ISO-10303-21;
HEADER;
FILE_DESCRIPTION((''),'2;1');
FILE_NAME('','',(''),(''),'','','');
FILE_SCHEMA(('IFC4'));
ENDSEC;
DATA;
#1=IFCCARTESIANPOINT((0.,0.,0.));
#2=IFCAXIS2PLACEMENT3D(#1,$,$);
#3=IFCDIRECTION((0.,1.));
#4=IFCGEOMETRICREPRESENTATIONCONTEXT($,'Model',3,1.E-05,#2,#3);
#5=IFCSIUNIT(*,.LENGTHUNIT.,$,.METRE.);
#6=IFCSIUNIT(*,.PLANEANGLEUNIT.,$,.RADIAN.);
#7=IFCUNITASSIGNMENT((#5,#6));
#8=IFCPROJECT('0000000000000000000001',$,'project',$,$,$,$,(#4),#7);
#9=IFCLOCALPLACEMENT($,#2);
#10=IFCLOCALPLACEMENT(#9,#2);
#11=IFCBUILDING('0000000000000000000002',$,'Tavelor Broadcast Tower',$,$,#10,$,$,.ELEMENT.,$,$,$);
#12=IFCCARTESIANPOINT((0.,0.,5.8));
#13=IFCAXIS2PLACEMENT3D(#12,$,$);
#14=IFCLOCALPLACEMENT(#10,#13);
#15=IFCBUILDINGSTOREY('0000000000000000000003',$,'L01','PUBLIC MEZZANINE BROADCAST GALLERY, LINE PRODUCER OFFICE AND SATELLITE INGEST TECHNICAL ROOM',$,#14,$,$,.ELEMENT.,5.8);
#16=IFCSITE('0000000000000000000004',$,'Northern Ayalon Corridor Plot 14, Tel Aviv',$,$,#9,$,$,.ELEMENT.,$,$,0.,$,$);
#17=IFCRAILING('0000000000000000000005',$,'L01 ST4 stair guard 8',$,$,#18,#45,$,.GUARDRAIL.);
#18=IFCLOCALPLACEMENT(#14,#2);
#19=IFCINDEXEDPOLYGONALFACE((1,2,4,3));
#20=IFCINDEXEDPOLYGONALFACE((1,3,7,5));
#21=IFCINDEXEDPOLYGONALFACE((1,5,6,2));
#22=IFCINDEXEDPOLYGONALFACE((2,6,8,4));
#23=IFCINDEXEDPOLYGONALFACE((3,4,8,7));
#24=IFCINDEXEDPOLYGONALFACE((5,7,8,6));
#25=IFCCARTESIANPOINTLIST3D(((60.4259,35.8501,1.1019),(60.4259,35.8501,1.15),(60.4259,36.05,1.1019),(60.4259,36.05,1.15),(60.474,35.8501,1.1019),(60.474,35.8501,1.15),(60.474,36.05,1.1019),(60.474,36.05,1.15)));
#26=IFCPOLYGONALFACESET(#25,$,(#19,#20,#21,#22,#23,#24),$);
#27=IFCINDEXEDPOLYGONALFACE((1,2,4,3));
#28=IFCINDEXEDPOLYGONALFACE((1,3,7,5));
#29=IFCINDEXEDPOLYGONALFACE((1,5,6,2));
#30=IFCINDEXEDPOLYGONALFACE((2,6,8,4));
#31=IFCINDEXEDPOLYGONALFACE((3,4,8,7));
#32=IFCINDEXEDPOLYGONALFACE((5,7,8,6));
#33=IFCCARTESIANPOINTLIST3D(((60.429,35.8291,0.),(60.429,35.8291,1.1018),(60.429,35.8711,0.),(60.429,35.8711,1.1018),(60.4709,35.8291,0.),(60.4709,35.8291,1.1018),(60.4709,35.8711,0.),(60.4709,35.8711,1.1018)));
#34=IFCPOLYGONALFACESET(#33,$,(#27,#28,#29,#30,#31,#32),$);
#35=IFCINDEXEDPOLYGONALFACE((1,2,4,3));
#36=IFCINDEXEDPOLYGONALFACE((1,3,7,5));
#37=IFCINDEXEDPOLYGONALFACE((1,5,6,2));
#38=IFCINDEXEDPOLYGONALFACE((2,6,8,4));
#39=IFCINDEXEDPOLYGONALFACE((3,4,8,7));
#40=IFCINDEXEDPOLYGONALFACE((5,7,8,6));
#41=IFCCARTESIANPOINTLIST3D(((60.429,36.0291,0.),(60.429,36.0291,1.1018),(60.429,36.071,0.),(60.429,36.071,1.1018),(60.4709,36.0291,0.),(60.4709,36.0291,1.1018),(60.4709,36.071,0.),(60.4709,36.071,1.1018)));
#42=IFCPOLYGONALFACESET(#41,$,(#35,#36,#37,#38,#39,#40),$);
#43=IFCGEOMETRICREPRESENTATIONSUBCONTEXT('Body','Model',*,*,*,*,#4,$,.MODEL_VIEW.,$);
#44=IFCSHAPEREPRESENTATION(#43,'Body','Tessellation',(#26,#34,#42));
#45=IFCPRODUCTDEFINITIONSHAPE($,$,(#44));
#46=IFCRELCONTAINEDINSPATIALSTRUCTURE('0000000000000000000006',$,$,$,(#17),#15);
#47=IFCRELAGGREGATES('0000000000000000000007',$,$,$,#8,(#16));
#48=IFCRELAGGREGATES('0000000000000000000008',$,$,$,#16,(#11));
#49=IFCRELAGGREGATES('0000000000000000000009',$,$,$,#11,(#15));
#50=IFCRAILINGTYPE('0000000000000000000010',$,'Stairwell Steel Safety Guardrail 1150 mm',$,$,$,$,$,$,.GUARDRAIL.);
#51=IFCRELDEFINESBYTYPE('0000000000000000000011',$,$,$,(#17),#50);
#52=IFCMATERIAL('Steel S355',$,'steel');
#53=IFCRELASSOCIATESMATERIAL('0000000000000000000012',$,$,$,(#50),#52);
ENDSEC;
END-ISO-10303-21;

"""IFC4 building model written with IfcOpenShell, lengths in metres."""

from ifc_helpers import new_model, si_unit, direction, frame, origin, origin_2d, place, context, subcontext, project, spatial, rectangle, extrude, material, type_object, element, save


model = new_model("IFC4")

# Units and contexts
model_context = context("Model", 3, precision=1e-05, world=origin(), true_north=direction((0.0, 1.0)))
body_context = subcontext(model_context, "Body", "Model", "MODEL_VIEW")
ifc_project = project(units=[si_unit("LENGTHUNIT", "METRE"), si_unit("PLANEANGLEUNIT", "RADIAN")], contexts=[model_context])

# Site, building, storey
site_placement = place(None, origin())
site = spatial("IfcSite", under=ifc_project, at=site_placement, Name="Northern Ayalon Corridor Plot 14, Tel Aviv", CompositionType="ELEMENT", RefElevation=0.0)
building_placement = place(site_placement, origin())
building = spatial("IfcBuilding", under=site, at=building_placement, Name="Tavelor Broadcast Tower", CompositionType="ELEMENT")
storey_placement = place(building_placement, frame((0.0, 0.0, 5.8)))
storey = spatial("IfcBuildingStorey", under=building, at=storey_placement, Name="L01", Description="PUBLIC MEZZANINE BROADCAST GALLERY, LINE PRODUCER OFFICE AND SATELLITE INGEST TECHNICAL ROOM", CompositionType="ELEMENT", Elevation=5.8)

# Shared definitions
ifc_material_1 = material(Name="Steel S355", Category="steel")

# Railing
railing_type_1 = type_object("IfcRailingType", Name="Stairwell Steel Safety Guardrail 1150 mm", PredefinedType="GUARDRAIL", material=ifc_material_1)
railing_1_placement = place(storey_placement, frame((60.45, 35.8501, 0.0)))
element("IfcRailing", 1, at=railing_1_placement, inside=storey, type_object=railing_type_1, Name="L01 ST4 stair guard 8", PredefinedType="GUARDRAIL", context=body_context, shape_type="SweptSolid", body=[
    extrude(rectangle(XDim=0.0481, YDim=0.0481, at=origin_2d()), frame((0.0, 0.0, 1.126), z_axis=(0.0, 1.0, 0.0), x_axis=(-1.0, 0.0, 0.0)), (0.0, 0.0, 1.0), 0.2),
    extrude(rectangle(XDim=0.042, YDim=0.042, at=origin_2d()), origin(), (0.0, 0.0, 1.0), 1.1018),
    extrude(rectangle(XDim=0.042, YDim=0.042, at=origin_2d()), frame((0.0, 0.2, 0.0)), (0.0, 0.0, 1.0), 1.1018),
])

save(model, "model.ifc")
